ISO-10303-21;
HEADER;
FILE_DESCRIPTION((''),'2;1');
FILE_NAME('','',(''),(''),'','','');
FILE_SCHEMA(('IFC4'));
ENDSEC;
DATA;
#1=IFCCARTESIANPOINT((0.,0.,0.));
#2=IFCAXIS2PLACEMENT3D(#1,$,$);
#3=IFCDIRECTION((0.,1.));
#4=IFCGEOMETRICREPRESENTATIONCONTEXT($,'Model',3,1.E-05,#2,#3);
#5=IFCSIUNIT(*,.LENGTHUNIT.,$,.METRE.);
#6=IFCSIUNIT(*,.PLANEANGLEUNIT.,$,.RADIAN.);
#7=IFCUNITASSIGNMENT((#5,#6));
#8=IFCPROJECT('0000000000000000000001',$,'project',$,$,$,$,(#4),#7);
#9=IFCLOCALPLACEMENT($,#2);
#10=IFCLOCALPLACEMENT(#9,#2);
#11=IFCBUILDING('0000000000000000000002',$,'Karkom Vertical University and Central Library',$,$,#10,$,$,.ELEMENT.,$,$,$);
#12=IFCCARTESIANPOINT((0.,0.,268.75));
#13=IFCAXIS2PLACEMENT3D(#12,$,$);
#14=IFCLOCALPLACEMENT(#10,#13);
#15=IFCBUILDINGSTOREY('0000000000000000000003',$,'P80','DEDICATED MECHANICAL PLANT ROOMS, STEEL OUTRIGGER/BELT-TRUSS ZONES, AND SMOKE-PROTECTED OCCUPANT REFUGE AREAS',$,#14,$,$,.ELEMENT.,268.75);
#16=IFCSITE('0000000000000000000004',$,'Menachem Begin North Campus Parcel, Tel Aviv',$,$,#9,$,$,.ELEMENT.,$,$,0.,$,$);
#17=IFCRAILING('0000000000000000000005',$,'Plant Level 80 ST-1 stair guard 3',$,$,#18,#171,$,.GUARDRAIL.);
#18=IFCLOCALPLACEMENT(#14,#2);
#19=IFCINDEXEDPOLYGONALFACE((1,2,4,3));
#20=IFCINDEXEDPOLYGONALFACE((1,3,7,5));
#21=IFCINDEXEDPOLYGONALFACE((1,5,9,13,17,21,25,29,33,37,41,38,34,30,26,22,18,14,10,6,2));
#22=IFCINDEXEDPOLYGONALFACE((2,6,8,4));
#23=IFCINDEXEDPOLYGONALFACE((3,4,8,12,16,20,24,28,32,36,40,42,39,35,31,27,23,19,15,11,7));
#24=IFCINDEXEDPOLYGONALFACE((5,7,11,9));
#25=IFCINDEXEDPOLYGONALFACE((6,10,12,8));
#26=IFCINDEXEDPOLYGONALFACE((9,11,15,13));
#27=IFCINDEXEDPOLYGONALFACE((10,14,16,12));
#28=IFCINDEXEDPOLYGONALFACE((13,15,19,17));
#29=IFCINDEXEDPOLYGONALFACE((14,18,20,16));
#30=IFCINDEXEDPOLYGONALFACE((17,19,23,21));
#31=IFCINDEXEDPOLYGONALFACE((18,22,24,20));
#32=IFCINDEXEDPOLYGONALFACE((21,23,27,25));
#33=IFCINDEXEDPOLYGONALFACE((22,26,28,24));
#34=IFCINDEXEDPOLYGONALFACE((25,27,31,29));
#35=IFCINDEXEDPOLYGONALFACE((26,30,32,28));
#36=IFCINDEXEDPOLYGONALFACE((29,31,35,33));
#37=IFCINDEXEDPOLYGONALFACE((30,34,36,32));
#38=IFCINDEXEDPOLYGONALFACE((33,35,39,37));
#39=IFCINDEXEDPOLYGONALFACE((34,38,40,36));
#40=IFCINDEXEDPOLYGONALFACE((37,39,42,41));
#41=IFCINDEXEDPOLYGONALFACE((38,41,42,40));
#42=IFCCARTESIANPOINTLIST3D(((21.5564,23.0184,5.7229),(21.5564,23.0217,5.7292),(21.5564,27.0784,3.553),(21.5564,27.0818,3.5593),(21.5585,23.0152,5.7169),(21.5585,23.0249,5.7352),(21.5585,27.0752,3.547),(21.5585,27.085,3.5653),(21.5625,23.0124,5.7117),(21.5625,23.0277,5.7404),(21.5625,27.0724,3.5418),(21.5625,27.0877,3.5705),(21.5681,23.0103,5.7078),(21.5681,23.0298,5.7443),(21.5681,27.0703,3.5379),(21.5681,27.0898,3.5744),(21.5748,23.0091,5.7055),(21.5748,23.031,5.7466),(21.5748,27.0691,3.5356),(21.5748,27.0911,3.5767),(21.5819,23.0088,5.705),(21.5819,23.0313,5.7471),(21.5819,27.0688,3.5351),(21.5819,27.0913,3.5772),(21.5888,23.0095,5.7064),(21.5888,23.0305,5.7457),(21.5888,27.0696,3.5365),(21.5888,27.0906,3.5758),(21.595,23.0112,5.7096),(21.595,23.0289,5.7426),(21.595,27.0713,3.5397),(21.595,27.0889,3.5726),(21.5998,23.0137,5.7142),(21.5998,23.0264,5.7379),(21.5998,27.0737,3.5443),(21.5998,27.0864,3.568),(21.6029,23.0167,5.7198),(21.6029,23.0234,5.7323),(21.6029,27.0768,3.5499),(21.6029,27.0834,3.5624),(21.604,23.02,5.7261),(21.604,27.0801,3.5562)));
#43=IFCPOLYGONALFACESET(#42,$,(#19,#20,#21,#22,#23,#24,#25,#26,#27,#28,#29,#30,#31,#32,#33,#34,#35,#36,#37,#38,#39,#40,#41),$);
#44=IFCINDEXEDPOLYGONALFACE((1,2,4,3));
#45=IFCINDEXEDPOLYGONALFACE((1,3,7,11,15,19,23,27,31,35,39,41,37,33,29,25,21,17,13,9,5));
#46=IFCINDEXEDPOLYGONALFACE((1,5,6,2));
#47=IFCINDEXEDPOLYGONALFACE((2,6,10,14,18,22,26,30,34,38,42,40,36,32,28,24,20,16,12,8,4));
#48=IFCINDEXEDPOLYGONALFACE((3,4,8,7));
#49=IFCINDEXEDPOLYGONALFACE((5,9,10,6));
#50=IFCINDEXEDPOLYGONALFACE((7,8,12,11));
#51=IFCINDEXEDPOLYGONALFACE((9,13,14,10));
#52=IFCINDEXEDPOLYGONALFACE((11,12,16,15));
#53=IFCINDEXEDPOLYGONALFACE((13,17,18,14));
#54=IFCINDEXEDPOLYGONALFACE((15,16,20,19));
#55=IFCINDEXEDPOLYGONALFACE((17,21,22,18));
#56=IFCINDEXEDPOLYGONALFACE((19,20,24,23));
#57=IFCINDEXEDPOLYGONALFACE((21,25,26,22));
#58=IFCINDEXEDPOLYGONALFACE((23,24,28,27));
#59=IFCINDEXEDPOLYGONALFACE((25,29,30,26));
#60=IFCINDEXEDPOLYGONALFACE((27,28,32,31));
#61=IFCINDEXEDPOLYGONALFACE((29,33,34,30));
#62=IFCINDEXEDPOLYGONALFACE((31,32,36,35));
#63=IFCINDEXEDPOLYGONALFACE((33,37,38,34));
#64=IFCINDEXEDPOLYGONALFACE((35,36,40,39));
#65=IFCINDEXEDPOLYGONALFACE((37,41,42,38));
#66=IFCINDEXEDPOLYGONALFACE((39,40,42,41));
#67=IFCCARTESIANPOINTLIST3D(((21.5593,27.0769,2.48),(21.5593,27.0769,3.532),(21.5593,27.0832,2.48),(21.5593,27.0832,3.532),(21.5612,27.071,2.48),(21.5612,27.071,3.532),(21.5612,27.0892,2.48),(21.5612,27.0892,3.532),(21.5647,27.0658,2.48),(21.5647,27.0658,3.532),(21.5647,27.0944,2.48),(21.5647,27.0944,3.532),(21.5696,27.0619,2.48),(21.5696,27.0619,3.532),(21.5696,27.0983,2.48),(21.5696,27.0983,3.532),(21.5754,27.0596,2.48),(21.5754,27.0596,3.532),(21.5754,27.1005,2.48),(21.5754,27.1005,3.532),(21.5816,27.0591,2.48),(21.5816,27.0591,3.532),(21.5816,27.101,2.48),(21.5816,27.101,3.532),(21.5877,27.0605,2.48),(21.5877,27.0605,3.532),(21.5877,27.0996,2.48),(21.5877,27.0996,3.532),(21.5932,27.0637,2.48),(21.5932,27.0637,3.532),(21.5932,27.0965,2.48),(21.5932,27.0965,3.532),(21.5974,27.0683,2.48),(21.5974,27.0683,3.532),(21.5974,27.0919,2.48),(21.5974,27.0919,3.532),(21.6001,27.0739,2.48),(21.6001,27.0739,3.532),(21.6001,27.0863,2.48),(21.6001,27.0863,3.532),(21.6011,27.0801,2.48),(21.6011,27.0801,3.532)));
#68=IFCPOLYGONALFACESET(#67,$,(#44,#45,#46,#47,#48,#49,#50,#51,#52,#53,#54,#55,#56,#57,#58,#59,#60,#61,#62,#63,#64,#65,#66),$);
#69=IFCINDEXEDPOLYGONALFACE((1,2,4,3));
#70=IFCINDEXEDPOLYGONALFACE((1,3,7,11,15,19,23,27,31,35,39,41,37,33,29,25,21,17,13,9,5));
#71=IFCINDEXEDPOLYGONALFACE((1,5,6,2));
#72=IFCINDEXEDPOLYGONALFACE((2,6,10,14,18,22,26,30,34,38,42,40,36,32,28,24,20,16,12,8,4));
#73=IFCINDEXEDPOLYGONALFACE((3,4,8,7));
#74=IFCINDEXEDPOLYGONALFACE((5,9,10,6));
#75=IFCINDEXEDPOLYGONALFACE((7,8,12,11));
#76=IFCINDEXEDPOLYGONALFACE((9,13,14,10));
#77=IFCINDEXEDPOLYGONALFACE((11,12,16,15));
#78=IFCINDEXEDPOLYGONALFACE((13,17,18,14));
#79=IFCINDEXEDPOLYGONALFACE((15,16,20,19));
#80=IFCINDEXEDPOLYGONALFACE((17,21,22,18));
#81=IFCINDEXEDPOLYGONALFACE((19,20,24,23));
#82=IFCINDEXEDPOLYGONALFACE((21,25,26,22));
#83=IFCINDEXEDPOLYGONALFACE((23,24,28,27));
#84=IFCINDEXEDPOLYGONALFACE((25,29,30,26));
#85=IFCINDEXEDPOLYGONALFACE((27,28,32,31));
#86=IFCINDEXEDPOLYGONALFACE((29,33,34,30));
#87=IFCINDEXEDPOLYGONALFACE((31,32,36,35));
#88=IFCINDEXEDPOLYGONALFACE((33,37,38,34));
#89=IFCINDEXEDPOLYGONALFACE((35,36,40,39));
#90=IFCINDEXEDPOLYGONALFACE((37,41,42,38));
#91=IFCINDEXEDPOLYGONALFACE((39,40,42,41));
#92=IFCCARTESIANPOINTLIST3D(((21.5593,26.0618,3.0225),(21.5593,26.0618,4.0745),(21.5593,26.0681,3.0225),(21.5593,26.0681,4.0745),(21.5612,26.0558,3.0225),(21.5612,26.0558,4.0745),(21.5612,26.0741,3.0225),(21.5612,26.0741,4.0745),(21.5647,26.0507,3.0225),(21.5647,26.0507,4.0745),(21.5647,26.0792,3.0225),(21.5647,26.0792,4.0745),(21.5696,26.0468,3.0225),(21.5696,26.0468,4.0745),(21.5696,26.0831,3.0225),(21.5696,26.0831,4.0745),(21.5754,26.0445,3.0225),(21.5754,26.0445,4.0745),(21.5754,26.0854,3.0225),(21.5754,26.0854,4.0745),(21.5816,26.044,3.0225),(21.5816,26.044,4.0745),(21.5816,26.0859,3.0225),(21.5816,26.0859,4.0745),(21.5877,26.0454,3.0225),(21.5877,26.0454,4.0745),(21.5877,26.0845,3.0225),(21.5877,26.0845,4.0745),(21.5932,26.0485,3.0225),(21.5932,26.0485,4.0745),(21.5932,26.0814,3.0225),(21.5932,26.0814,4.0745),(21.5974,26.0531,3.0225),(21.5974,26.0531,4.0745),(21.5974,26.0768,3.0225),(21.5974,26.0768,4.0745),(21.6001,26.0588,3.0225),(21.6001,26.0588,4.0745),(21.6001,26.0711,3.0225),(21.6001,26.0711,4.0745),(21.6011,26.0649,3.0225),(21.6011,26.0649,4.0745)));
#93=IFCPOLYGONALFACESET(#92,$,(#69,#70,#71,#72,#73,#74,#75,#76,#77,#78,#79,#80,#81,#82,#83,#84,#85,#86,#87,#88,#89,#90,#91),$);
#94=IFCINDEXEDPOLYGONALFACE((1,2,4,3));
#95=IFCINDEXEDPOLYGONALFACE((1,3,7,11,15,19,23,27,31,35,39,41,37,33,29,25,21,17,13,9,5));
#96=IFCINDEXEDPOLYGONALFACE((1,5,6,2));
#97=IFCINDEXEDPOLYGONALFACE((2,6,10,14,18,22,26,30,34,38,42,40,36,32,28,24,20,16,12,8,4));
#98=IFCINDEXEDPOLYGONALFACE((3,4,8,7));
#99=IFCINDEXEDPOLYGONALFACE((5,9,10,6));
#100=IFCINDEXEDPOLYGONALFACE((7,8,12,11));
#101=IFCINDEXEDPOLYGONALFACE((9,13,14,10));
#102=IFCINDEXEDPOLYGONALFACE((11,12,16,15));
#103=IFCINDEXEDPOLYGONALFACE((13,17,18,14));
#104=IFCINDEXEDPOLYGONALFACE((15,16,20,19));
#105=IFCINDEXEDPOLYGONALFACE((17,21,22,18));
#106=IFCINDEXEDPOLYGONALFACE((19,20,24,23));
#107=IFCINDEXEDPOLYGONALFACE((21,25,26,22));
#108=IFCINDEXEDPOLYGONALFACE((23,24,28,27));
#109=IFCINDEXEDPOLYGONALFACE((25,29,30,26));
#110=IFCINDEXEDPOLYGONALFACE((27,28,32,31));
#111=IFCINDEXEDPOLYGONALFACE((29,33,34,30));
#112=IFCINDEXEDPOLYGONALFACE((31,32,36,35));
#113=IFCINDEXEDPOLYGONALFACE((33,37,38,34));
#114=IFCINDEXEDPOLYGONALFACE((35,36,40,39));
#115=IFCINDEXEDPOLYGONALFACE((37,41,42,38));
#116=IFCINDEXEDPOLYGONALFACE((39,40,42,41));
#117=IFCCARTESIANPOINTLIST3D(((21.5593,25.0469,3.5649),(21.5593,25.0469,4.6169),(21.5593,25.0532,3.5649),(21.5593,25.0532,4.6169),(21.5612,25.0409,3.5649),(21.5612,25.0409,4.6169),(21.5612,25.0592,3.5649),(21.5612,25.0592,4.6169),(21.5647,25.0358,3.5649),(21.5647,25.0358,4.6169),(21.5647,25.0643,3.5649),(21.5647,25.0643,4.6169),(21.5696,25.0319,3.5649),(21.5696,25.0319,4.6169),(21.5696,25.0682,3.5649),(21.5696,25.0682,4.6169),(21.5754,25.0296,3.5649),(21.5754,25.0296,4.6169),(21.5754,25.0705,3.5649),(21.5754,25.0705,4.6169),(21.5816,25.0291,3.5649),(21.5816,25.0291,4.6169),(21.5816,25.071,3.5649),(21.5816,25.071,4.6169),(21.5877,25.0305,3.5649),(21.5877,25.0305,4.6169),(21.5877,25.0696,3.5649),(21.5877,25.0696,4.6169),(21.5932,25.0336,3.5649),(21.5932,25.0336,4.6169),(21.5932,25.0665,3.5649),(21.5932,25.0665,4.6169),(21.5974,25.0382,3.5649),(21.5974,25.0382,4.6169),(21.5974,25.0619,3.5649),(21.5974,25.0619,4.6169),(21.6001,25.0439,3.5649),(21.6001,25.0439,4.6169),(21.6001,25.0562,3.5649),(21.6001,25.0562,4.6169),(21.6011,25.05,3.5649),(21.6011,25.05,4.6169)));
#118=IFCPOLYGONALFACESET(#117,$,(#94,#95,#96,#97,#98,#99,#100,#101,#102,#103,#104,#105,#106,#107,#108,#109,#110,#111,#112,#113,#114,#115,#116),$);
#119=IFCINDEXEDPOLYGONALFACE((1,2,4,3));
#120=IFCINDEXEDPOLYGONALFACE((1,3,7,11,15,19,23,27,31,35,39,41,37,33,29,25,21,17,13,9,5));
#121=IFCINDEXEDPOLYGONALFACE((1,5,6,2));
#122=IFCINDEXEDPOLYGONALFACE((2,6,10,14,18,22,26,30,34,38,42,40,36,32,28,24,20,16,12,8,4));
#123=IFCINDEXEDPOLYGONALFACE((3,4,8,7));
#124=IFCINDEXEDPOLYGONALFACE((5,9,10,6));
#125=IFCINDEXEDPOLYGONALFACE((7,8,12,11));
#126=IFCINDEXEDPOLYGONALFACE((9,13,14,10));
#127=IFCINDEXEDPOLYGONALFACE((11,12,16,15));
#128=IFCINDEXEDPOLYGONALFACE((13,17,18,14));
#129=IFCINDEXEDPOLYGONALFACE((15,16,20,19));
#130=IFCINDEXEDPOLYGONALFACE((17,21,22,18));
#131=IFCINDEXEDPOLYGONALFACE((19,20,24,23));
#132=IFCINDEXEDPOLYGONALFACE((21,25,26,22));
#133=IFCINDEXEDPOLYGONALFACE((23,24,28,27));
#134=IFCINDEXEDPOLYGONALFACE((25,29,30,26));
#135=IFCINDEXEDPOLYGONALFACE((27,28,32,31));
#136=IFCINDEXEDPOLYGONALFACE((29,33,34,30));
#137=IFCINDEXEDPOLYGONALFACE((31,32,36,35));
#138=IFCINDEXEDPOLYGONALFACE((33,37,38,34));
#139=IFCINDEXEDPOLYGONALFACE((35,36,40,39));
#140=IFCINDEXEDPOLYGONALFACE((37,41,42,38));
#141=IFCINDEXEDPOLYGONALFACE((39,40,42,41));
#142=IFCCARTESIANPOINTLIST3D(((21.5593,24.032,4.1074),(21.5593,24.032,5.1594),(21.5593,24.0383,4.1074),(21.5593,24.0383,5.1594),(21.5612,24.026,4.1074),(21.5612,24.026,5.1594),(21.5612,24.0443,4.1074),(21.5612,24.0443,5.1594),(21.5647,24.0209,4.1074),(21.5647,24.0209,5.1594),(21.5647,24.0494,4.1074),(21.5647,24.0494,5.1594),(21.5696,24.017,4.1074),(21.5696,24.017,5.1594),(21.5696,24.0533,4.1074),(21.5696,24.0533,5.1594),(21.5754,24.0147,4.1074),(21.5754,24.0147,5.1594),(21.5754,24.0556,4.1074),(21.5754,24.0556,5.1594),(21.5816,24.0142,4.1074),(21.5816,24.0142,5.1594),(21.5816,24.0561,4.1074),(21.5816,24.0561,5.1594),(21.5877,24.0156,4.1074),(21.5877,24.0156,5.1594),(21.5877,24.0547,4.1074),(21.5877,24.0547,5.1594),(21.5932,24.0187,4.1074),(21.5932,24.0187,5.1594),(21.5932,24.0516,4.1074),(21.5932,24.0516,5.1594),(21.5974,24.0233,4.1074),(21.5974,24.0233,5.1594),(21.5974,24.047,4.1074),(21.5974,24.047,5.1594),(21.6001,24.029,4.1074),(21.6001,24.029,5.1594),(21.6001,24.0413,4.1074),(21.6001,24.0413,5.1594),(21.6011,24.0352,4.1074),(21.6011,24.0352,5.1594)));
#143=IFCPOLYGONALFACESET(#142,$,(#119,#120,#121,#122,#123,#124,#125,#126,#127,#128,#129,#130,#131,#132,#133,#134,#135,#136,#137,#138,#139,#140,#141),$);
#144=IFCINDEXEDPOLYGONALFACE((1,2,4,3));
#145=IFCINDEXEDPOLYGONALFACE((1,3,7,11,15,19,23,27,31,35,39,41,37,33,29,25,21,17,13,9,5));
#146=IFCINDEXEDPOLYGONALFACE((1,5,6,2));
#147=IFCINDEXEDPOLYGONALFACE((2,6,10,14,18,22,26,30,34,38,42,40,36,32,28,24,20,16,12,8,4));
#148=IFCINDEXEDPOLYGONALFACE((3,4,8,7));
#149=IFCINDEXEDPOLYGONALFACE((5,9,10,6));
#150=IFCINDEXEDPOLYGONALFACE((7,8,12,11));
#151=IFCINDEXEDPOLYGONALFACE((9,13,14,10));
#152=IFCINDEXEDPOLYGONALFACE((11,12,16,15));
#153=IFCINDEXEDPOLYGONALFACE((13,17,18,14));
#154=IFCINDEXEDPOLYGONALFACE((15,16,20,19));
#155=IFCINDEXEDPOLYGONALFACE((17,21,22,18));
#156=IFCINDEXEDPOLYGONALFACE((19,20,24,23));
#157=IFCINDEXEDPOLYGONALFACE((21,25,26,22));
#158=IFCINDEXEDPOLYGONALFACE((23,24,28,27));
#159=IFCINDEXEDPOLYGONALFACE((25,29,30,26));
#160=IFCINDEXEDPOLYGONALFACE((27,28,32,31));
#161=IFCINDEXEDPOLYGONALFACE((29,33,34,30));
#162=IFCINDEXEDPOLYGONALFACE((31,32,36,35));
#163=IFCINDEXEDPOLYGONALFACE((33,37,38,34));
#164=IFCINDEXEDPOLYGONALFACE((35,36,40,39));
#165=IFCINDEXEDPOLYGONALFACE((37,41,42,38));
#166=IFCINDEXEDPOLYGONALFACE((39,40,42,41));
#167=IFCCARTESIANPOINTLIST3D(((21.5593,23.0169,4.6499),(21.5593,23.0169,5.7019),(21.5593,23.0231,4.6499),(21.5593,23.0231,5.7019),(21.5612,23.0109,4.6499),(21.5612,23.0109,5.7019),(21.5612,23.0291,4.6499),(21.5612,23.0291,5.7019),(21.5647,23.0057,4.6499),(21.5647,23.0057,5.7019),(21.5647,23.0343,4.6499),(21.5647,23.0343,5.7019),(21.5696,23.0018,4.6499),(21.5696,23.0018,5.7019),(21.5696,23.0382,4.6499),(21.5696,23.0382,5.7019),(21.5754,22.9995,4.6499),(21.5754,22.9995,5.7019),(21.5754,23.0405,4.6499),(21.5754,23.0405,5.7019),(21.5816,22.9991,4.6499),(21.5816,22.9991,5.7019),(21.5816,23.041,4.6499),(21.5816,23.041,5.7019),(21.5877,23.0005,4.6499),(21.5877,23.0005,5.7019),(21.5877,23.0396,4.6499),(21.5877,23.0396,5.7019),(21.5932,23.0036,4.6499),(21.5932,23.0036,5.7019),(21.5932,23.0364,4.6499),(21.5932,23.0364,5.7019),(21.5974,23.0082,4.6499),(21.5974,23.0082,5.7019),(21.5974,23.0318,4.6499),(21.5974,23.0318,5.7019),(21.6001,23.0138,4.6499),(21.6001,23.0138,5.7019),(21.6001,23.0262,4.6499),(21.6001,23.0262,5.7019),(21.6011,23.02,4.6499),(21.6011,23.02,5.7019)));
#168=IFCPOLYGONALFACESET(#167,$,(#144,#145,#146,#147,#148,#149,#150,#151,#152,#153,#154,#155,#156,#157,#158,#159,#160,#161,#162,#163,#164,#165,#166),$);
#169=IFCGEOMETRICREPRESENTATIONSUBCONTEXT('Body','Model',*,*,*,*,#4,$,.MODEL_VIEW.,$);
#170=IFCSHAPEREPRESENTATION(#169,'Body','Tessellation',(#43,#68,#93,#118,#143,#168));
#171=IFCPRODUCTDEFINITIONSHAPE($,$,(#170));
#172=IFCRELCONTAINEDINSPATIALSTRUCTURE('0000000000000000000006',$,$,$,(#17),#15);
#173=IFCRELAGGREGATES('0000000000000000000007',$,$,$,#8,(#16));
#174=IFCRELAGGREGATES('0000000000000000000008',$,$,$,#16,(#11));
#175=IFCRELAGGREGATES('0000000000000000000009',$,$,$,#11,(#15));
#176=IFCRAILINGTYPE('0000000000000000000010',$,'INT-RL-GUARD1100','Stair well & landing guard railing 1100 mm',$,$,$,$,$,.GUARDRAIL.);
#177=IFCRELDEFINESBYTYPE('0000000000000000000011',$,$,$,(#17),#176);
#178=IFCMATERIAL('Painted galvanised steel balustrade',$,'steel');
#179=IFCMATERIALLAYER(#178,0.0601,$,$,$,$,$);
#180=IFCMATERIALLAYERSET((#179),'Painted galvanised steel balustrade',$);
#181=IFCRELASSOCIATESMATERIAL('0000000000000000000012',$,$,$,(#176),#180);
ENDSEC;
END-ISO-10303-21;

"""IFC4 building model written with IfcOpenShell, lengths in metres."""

from ifc_helpers import new_model, si_unit, direction, frame, origin, origin_2d, place, context, subcontext, project, spatial, circle, extrude, material, layer, layer_set, type_object, element, save


model = new_model("IFC4")

# Units and contexts
model_context = context("Model", 3, precision=1e-05, world=origin(), true_north=direction((0.0, 1.0)))
body_context = subcontext(model_context, "Body", "Model", "MODEL_VIEW")
ifc_project = project(units=[si_unit("LENGTHUNIT", "METRE"), si_unit("PLANEANGLEUNIT", "RADIAN")], contexts=[model_context])

# Site, building, storey
site_placement = place(None, origin())
site = spatial("IfcSite", under=ifc_project, at=site_placement, Name="Menachem Begin North Campus Parcel, Tel Aviv", CompositionType="ELEMENT", RefElevation=0.0)
building_placement = place(site_placement, origin())
building = spatial("IfcBuilding", under=site, at=building_placement, Name="Karkom Vertical University and Central Library", CompositionType="ELEMENT")
storey_placement = place(building_placement, frame((0.0, 0.0, 268.75)))
storey = spatial("IfcBuildingStorey", under=building, at=storey_placement, Name="P80", Description="DEDICATED MECHANICAL PLANT ROOMS, STEEL OUTRIGGER/BELT-TRUSS ZONES, AND SMOKE-PROTECTED OCCUPANT REFUGE AREAS", CompositionType="ELEMENT", Elevation=268.75)

# Railing
ifc_material_1 = material(Name="Painted galvanised steel balustrade", Category="steel")
ifc_layer_1 = layer(ifc_material_1, 0.0601)
ifc_layer_set_1 = layer_set([ifc_layer_1], Name="Painted galvanised steel balustrade")
railing_type_1 = type_object("IfcRailingType", Name="INT-RL-GUARD1100", Description="Stair well & landing guard railing 1100 mm", PredefinedType="GUARDRAIL", material=ifc_layer_set_1)
railing_1_placement = place(storey_placement, frame((21.5801, 27.0801, 2.48)))
element("IfcRailing", 1, at=railing_1_placement, inside=storey, type_object=railing_type_1, Name="Plant Level 80 ST-1 stair guard 3", PredefinedType="GUARDRAIL", context=body_context, shape_type="SweptSolid", body=[
    extrude(circle(Radius=0.0239, at=origin_2d()), frame((0.0, 0.0, 1.0762), z_axis=(0.0, -0.881942, 0.471359), x_axis=(1.0, 0.0, 0.0)), (0.0, 0.0, 1.0), 4.6035),
    extrude(circle(Radius=0.021, at=origin_2d()), origin(), (0.0, 0.0, 1.0), 1.052),
    extrude(circle(Radius=0.021, at=origin_2d()), frame((0.0, -1.0151, 0.5425)), (0.0, 0.0, 1.0), 1.052),
    extrude(circle(Radius=0.021, at=origin_2d()), frame((0.0, -2.03, 1.085)), (0.0, 0.0, 1.0), 1.052),
    extrude(circle(Radius=0.021, at=origin_2d()), frame((0.0, -3.0449, 1.6274)), (0.0, 0.0, 1.0), 1.052),
    extrude(circle(Radius=0.021, at=origin_2d()), frame((0.0, -4.0601, 2.1699)), (0.0, 0.0, 1.0), 1.052),
])

save(model, "model.ifc")
